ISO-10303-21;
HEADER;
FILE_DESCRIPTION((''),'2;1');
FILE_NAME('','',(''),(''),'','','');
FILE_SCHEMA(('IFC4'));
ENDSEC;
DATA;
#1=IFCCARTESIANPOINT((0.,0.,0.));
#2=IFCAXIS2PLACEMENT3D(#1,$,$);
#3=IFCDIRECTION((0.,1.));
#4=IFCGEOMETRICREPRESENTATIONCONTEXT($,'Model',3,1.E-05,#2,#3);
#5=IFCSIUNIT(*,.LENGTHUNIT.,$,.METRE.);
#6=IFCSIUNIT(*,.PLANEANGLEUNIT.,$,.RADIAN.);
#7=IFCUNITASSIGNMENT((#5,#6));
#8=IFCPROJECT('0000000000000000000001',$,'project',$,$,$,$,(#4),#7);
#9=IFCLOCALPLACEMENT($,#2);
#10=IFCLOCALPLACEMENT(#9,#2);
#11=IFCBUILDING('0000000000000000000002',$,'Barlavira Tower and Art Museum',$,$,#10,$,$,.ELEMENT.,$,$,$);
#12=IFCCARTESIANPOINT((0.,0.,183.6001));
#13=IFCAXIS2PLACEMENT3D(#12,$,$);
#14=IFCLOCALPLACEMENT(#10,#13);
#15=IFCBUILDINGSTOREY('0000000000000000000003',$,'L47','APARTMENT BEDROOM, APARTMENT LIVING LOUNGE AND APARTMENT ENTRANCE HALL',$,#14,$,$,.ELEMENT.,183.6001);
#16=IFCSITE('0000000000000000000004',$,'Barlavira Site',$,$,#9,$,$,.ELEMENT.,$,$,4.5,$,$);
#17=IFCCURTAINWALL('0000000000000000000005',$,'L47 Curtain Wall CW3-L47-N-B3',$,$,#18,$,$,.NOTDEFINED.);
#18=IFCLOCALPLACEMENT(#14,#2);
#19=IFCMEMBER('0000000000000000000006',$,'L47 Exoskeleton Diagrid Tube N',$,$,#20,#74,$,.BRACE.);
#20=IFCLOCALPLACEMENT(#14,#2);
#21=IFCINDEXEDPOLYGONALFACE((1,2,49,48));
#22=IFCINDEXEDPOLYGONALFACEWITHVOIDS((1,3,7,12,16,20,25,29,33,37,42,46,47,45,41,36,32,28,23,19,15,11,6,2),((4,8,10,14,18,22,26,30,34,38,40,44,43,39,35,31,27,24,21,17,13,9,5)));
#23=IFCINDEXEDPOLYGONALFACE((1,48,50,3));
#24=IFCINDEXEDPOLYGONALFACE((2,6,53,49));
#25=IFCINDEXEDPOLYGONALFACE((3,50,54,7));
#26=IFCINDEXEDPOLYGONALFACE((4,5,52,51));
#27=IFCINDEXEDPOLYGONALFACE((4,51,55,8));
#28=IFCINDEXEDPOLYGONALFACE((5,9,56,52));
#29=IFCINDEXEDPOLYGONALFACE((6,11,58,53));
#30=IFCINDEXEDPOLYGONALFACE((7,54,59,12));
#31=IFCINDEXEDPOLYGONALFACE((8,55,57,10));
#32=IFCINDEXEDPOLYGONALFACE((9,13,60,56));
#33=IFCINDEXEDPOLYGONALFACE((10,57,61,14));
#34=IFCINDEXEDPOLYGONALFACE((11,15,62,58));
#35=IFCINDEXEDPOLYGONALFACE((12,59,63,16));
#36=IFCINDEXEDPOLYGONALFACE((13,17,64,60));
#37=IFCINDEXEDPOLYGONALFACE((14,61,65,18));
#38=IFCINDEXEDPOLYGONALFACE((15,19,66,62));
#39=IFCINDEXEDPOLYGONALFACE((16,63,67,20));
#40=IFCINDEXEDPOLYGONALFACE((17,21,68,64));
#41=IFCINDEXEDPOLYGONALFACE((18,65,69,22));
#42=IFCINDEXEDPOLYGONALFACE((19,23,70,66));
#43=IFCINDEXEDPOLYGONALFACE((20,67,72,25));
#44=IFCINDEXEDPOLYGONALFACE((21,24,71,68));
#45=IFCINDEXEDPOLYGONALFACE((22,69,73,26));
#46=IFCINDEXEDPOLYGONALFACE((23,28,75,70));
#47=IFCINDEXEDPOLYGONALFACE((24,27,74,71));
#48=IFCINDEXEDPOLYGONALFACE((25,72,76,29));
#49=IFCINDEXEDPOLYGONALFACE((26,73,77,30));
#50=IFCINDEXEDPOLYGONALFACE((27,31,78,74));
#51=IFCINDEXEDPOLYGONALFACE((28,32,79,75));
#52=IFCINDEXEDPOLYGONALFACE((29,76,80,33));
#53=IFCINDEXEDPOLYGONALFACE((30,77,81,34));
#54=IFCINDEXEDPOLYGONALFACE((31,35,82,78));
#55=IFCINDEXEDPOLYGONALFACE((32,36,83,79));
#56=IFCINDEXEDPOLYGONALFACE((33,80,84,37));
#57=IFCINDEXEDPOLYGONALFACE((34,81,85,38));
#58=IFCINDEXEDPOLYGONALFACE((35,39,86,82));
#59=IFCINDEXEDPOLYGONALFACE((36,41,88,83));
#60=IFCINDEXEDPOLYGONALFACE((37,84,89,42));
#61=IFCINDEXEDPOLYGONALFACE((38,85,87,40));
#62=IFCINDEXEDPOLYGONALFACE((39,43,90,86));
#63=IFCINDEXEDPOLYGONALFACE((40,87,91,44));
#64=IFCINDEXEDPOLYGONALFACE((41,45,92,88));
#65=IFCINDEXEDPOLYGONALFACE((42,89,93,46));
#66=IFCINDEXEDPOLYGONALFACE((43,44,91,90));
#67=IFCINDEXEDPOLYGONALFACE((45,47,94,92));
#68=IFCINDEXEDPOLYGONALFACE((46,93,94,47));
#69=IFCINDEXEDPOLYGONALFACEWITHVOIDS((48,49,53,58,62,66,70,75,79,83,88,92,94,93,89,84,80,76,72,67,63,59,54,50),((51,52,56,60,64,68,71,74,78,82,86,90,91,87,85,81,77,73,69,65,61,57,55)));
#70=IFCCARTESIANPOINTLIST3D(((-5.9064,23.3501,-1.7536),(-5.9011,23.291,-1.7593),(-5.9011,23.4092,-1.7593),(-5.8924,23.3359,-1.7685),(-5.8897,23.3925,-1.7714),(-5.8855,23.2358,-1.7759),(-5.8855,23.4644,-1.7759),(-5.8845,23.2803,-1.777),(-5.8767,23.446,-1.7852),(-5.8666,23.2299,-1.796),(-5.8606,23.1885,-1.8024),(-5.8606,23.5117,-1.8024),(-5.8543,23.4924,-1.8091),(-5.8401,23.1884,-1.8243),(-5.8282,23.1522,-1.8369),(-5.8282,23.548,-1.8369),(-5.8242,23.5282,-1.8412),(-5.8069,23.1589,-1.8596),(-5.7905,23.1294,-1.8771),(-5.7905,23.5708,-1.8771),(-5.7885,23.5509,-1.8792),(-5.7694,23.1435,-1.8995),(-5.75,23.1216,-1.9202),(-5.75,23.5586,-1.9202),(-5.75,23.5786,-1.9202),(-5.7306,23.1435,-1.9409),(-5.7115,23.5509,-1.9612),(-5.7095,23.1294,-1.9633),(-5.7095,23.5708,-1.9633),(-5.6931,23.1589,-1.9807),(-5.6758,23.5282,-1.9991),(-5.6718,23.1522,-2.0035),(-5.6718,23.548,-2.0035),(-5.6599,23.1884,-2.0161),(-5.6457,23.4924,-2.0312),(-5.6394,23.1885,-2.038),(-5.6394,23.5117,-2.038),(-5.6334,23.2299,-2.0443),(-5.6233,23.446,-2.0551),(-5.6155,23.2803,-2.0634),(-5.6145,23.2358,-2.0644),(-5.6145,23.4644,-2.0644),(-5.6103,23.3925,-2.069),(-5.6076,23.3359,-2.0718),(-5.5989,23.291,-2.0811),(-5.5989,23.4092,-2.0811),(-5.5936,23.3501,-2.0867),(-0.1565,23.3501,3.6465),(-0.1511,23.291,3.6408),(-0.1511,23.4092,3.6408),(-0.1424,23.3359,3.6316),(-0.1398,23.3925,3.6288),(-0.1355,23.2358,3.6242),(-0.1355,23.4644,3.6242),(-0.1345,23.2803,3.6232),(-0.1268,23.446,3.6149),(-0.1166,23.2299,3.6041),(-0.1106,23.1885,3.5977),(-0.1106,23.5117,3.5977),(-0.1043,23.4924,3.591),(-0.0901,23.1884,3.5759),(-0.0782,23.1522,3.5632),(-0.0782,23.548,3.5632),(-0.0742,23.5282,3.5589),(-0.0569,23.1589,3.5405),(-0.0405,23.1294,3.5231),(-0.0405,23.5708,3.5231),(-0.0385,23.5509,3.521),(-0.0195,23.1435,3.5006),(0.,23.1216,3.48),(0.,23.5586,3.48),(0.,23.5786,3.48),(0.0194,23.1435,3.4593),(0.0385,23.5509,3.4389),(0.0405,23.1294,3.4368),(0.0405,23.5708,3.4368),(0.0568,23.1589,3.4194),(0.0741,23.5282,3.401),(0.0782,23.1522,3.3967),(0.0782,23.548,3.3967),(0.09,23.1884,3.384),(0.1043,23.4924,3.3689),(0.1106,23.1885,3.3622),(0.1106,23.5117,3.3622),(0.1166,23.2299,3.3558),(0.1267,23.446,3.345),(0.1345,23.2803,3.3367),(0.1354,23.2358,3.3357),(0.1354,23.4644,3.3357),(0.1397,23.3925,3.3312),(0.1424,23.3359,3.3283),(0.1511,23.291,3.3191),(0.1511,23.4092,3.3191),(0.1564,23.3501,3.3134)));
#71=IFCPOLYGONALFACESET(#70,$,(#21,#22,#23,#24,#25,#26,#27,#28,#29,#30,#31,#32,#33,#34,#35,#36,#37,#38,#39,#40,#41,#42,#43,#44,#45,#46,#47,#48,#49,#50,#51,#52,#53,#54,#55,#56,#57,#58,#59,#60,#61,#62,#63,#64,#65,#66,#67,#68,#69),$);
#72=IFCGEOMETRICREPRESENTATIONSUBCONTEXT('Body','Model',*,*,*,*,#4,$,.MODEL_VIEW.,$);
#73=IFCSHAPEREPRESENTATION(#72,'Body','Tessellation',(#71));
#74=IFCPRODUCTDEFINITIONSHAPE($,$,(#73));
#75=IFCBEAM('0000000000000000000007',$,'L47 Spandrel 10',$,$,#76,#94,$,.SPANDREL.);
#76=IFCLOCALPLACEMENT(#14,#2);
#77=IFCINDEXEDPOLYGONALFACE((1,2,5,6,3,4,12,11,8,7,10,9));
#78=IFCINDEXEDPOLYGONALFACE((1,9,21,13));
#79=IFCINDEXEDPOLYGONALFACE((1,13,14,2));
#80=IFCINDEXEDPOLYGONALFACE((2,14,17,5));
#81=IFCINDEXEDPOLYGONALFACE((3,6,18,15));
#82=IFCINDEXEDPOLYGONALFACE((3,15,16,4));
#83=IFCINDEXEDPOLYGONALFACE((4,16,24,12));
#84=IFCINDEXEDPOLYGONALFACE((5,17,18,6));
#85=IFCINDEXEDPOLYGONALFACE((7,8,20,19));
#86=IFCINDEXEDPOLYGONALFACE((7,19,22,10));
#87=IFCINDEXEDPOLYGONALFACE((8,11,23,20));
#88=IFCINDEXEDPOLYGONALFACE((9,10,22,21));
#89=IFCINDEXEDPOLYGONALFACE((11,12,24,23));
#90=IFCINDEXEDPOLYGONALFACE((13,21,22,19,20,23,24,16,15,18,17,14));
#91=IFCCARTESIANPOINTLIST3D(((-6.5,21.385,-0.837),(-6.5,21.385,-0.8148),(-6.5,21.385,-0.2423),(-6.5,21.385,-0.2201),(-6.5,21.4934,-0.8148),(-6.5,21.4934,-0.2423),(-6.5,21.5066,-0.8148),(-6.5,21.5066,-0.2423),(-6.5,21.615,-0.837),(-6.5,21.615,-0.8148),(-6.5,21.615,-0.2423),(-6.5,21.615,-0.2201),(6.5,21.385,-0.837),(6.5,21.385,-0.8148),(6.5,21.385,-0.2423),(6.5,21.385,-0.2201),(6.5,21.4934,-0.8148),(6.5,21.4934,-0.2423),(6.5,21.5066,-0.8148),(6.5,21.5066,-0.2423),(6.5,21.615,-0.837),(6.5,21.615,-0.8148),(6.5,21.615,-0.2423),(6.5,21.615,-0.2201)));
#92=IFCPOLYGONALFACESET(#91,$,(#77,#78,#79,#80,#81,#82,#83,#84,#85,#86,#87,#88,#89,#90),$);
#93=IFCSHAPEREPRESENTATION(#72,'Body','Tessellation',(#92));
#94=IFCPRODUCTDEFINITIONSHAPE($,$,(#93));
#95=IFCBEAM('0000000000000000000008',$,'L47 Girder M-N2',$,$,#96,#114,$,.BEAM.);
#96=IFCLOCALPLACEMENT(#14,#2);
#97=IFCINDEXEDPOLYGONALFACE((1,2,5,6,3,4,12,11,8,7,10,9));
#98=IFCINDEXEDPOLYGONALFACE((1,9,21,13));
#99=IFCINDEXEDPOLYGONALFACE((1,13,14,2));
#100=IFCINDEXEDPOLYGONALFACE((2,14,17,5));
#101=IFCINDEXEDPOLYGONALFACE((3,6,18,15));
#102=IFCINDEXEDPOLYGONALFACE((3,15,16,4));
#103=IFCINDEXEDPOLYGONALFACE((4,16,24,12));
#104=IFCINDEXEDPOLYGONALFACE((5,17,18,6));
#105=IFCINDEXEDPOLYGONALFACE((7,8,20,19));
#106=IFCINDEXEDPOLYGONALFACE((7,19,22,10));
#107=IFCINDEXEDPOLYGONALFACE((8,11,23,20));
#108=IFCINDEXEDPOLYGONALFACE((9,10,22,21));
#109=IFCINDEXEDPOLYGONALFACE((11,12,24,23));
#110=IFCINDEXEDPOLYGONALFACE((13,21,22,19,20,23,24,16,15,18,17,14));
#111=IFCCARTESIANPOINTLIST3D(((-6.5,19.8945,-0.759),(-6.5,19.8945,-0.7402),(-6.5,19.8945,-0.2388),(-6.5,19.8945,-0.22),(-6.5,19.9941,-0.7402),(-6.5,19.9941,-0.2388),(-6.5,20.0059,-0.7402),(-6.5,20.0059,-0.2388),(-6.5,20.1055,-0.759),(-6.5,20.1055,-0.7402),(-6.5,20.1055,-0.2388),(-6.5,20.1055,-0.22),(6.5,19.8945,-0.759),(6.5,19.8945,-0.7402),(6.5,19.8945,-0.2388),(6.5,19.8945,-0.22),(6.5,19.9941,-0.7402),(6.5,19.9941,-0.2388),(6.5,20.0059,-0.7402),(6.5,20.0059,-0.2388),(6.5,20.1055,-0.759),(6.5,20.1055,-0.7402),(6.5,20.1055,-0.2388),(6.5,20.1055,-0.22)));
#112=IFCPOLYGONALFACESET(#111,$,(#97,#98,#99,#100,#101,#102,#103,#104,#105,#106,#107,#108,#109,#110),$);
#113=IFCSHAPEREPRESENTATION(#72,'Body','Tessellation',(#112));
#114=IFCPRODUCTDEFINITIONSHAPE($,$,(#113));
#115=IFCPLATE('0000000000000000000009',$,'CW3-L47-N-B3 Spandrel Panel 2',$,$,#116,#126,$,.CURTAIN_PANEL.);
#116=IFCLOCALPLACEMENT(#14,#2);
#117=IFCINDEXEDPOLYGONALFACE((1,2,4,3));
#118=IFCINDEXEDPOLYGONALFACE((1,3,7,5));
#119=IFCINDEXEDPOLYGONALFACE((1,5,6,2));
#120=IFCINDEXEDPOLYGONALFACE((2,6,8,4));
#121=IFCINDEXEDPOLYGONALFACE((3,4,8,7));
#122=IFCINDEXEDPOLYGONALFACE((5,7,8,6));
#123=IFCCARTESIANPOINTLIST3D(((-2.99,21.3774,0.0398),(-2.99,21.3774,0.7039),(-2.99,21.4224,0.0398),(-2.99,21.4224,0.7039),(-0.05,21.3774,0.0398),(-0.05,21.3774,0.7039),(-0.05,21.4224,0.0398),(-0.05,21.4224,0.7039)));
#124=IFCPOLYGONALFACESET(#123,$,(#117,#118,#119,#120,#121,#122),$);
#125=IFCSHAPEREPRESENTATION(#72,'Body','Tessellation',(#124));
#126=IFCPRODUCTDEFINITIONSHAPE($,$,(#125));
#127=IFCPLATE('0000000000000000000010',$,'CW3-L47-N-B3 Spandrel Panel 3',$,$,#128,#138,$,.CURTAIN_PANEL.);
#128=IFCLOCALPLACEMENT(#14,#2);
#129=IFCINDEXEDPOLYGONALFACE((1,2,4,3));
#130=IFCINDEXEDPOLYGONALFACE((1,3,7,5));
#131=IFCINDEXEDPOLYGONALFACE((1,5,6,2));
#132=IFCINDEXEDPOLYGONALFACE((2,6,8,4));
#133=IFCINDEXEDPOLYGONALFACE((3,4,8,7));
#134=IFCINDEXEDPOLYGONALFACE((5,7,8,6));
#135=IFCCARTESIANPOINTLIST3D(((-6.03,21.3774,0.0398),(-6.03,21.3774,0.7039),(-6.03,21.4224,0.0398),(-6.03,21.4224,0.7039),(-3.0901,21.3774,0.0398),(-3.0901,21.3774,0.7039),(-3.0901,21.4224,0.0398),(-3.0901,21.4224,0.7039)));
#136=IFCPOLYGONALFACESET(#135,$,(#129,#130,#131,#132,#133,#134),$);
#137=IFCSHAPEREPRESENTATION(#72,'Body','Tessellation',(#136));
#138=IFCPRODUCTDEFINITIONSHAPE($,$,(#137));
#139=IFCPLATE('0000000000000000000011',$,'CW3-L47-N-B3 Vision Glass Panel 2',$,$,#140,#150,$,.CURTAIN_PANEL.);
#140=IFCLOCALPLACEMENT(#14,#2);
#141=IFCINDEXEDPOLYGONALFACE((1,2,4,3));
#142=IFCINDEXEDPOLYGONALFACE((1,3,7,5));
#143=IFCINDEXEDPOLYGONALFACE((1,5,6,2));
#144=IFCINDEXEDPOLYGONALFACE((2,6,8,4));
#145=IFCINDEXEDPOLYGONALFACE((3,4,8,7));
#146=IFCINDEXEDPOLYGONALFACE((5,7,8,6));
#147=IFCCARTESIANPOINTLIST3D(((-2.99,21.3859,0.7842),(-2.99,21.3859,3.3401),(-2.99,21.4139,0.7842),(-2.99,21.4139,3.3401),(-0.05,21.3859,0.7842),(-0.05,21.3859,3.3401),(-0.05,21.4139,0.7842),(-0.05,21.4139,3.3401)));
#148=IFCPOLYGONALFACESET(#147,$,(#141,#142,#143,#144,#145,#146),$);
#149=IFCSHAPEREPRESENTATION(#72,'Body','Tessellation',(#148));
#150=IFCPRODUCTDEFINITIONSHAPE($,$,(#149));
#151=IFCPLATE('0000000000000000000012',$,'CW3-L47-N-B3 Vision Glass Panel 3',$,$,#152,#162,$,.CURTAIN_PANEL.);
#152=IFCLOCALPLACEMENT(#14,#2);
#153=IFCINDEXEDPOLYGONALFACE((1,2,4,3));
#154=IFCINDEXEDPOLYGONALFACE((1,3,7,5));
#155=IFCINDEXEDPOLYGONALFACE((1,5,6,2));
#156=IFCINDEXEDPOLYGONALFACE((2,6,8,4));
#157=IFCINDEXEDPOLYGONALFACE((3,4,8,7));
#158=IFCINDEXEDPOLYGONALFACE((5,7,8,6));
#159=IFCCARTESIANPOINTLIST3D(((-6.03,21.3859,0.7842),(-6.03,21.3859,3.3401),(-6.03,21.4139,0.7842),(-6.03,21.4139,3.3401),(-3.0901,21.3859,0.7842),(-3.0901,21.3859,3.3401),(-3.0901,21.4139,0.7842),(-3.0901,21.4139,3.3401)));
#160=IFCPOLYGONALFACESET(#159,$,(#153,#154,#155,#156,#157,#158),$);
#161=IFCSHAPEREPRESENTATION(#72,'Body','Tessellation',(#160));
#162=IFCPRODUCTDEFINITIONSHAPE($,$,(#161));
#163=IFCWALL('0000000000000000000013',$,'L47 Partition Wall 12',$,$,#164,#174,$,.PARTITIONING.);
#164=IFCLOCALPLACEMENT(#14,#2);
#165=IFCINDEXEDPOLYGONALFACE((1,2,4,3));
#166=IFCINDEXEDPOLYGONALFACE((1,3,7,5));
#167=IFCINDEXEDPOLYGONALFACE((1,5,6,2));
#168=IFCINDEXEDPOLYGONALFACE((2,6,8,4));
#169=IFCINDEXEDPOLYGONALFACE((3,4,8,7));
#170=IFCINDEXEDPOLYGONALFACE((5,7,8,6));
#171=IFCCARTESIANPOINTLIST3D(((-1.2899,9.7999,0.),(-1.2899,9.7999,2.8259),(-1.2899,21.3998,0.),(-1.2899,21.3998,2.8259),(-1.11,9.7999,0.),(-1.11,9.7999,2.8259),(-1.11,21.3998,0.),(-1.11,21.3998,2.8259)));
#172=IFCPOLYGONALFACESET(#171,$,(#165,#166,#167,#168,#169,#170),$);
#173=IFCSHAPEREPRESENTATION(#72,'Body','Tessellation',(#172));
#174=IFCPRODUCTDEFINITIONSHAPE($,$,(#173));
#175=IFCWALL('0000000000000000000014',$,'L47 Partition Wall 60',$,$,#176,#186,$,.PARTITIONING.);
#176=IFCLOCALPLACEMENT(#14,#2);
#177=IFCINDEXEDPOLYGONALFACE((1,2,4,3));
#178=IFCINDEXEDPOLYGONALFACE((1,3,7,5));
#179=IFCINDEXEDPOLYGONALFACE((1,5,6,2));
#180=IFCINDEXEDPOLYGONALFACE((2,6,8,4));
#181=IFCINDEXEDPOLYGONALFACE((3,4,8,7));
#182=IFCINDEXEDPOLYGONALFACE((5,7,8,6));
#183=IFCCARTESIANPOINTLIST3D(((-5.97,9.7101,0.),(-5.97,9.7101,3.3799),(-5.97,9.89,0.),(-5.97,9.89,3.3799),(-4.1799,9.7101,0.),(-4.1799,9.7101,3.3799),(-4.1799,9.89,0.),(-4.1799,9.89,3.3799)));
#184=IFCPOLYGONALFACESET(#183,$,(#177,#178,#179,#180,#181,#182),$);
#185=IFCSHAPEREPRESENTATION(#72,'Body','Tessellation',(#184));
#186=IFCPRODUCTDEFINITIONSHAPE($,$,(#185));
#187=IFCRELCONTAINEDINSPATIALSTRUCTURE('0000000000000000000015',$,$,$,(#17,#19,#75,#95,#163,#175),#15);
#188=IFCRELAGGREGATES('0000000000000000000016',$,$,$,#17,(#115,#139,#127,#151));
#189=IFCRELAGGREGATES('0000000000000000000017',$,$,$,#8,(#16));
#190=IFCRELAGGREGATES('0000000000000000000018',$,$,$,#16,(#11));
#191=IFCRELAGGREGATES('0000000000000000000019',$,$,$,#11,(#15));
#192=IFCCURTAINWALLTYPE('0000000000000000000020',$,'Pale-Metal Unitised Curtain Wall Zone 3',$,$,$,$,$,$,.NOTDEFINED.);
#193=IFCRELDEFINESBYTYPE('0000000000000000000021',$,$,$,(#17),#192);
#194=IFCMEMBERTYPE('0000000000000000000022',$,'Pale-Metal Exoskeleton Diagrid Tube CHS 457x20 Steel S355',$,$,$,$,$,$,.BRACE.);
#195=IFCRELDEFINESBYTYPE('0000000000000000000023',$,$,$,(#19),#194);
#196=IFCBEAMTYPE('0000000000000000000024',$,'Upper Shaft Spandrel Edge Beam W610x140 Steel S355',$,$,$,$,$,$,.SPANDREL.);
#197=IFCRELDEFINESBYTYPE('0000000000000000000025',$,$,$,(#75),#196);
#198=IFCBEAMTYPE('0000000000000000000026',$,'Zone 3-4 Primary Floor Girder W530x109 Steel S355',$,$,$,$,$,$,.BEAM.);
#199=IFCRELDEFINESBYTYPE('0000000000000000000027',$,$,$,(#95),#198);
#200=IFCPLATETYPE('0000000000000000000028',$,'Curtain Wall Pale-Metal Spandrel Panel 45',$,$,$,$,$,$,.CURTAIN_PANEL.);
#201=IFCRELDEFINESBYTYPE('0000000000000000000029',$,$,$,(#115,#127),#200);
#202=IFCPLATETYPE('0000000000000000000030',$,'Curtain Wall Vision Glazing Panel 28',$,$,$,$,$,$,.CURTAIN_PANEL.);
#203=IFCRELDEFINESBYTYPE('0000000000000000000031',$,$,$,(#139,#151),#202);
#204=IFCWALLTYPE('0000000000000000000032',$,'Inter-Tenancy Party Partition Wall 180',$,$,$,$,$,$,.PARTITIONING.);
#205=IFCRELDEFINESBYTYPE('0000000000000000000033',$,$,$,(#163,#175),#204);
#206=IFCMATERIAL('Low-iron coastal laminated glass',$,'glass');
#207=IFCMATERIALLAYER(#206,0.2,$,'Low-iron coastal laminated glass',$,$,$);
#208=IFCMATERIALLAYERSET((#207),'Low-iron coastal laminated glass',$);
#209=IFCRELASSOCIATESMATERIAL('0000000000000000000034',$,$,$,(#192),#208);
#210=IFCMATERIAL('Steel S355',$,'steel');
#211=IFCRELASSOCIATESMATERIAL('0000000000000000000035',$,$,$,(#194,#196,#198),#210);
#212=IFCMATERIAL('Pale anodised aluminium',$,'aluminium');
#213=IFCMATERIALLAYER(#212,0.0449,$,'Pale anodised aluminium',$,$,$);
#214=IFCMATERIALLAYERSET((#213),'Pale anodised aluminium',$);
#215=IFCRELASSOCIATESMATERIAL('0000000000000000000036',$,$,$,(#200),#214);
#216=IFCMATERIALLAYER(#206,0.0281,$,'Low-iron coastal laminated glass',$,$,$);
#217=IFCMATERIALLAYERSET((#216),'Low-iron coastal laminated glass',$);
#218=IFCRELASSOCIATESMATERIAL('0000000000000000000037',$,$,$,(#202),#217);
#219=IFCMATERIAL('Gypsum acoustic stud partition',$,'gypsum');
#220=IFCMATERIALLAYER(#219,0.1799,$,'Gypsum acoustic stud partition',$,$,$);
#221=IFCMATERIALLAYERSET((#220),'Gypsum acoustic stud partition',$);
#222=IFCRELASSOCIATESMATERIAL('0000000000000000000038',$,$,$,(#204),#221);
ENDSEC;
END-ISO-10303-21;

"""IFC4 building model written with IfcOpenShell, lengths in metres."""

from ifc_helpers import new_model, si_unit, direction, frame, frame_2d, origin, origin_2d, place, context, subcontext, project, spatial, rectangle, hollow_circle, i_section, extrude, material, layer, layer_set, material_profile, profile_set, type_object, element, aggregate, save


model = new_model("IFC4")

# Units and contexts
model_context = context("Model", 3, precision=1e-05, world=origin(), true_north=direction((0.0, 1.0)))
body_context = subcontext(model_context, "Body", "Model", "MODEL_VIEW")
ifc_project = project(units=[si_unit("LENGTHUNIT", "METRE"), si_unit("PLANEANGLEUNIT", "RADIAN")], contexts=[model_context])

# Site, building, storey
site_placement = place(None, origin())
site = spatial("IfcSite", under=ifc_project, at=site_placement, Name="Barlavira Site", CompositionType="ELEMENT", RefElevation=4.5)
building_placement = place(site_placement, origin())
building = spatial("IfcBuilding", under=site, at=building_placement, Name="Barlavira Tower and Art Museum", CompositionType="ELEMENT")
storey_placement = place(building_placement, frame((0.0, 0.0, 183.6001)))
storey = spatial("IfcBuildingStorey", under=building, at=storey_placement, Name="L47", Description="APARTMENT BEDROOM, APARTMENT LIVING LOUNGE AND APARTMENT ENTRANCE HALL", CompositionType="ELEMENT", Elevation=183.6001)

# Curtain wall
ifc_material_1 = material(Name="Low-iron coastal laminated glass", Category="glass")
ifc_layer_1 = layer(ifc_material_1, 0.2, Name="Low-iron coastal laminated glass")
ifc_layer_set_1 = layer_set([ifc_layer_1], Name="Low-iron coastal laminated glass")
curtain_wall_type = type_object("IfcCurtainWallType", Name="Pale-Metal Unitised Curtain Wall Zone 3", PredefinedType="NOTDEFINED", material=ifc_layer_set_1)
curtain_wall_placement = place(storey_placement, origin())
curtain_wall = element("IfcCurtainWall", 1, at=curtain_wall_placement, inside=storey, type_object=curtain_wall_type, Name="L47 Curtain Wall CW3-L47-N-B3", PredefinedType="NOTDEFINED")
ifc_material_2 = material(Name="Pale anodised aluminium", Category="aluminium")

# Member
ifc_material_3 = material(Name="Steel S355", Category="steel")
ifc_material_profile_1 = material_profile(ifc_material_3, hollow_circle(Radius=0.2285, WallThickness=0.02, at=origin_2d()), Name="CHS 457.0x20.0")
ifc_profile_set_1 = profile_set([ifc_material_profile_1], Name="Steel S355")
member_type_1 = type_object("IfcMemberType", Name="Pale-Metal Exoskeleton Diagrid Tube CHS 457x20 Steel S355", PredefinedType="BRACE", material=ifc_profile_set_1)
for number, where, z_axis, x_axis, name in (
    (2, (-5.75, 23.3501, -1.9202), (0.728935, 0.0, 0.684583), (0.0, 1.0, 0.0), "L47 Exoskeleton Diagrid Tube N"),
):
    element("IfcMember", number, at=place(storey_placement, frame(where, z_axis=z_axis, x_axis=x_axis)), inside=storey, type_object=member_type_1, Name=name, PredefinedType="BRACE", context=body_context, shape_type="SweptSolid", body=[
        extrude(hollow_circle(Radius=0.2285, WallThickness=0.02, at=origin_2d()), origin(), (0.0, 0.0, 1.0), 7.8882),
    ])

# Beams
ifc_material_profile_2 = material_profile(ifc_material_3, i_section(OverallWidth=0.23, OverallDepth=0.6169, WebThickness=0.0132, FlangeThickness=0.0222, at=origin_2d()), Name="W610x140.0")
ifc_profile_set_2 = profile_set([ifc_material_profile_2], Name="Steel S355")
beam_type_1 = type_object("IfcBeamType", Name="Upper Shaft Spandrel Edge Beam W610x140 Steel S355", PredefinedType="SPANDREL", material=ifc_profile_set_2)
beam_1_placement = place(storey_placement, frame((-6.5, 21.5, -0.5286), z_axis=(1.0, 0.0, 0.0), x_axis=(0.0, 1.0, 0.0)))
element("IfcBeam", 3, at=beam_1_placement, inside=storey, type_object=beam_type_1, Name="L47 Spandrel 10", PredefinedType="SPANDREL", context=body_context, shape_type="SweptSolid", body=[
    extrude(i_section(OverallWidth=0.23, OverallDepth=0.6169, WebThickness=0.0132, FlangeThickness=0.0222, at=origin_2d()), origin(), (0.0, 0.0, 1.0), 13.0),
])
ifc_material_profile_3 = material_profile(ifc_material_3, i_section(OverallWidth=0.2109, OverallDepth=0.5391, WebThickness=0.0117, FlangeThickness=0.0188, at=origin_2d()), Name="W530x109.0")
ifc_profile_set_3 = profile_set([ifc_material_profile_3], Name="Steel S355")
beam_type_2 = type_object("IfcBeamType", Name="Zone 3-4 Primary Floor Girder W530x109 Steel S355", PredefinedType="BEAM", material=ifc_profile_set_3)
beam_2_placement = place(storey_placement, frame((-6.5, 20.0, -0.4895), z_axis=(1.0, 0.0, 0.0), x_axis=(0.0, 1.0, 0.0)))
element("IfcBeam", 4, at=beam_2_placement, inside=storey, type_object=beam_type_2, Name="L47 Girder M-N2", PredefinedType="BEAM", context=body_context, shape_type="SweptSolid", body=[
    extrude(i_section(OverallWidth=0.2109, OverallDepth=0.5391, WebThickness=0.0117, FlangeThickness=0.0188, at=origin_2d()), origin(), (0.0, 0.0, 1.0), 13.0),
])

# Plates
ifc_layer_2 = layer(ifc_material_2, 0.0449, Name="Pale anodised aluminium")
ifc_layer_set_2 = layer_set([ifc_layer_2], Name="Pale anodised aluminium")
plate_type_1 = type_object("IfcPlateType", Name="Curtain Wall Pale-Metal Spandrel Panel 45", PredefinedType="CURTAIN_PANEL", material=ifc_layer_set_2)
plate_1_placement = place(storey_placement, frame((-1.52, 21.3999, 0.0398), z_axis=(0.0, 0.0, 1.0), x_axis=(-1.0, 0.0, 0.0)))
plate_1 = element("IfcPlate", 5, at=plate_1_placement, type_object=plate_type_1, Name="CW3-L47-N-B3 Spandrel Panel 2", PredefinedType="CURTAIN_PANEL", context=body_context, shape_type="SweptSolid", body=[
    extrude(rectangle(XDim=2.9399, YDim=0.0449, at=origin_2d()), origin(), (0.0, 0.0, 1.0), 0.6641),
])
plate_2_placement = place(storey_placement, frame((-4.5601, 21.3999, 0.0398), z_axis=(0.0, 0.0, 1.0), x_axis=(-1.0, 0.0, 0.0)))
plate_2 = element("IfcPlate", 6, at=plate_2_placement, type_object=plate_type_1, Name="CW3-L47-N-B3 Spandrel Panel 3", PredefinedType="CURTAIN_PANEL", context=body_context, shape_type="SweptSolid", body=[
    extrude(rectangle(XDim=2.9399, YDim=0.0449, at=origin_2d()), origin(), (0.0, 0.0, 1.0), 0.6641),
])
ifc_layer_3 = layer(ifc_material_1, 0.0281, Name="Low-iron coastal laminated glass")
ifc_layer_set_3 = layer_set([ifc_layer_3], Name="Low-iron coastal laminated glass")
plate_type_2 = type_object("IfcPlateType", Name="Curtain Wall Vision Glazing Panel 28", PredefinedType="CURTAIN_PANEL", material=ifc_layer_set_3)
plate_3_placement = place(storey_placement, frame((-1.52, 21.3999, 0.7842), z_axis=(0.0, 0.0, 1.0), x_axis=(-1.0, 0.0, 0.0)))
plate_3 = element("IfcPlate", 7, at=plate_3_placement, type_object=plate_type_2, Name="CW3-L47-N-B3 Vision Glass Panel 2", PredefinedType="CURTAIN_PANEL", context=body_context, shape_type="SweptSolid", body=[
    extrude(rectangle(XDim=2.9399, YDim=0.0281, at=origin_2d()), origin(), (0.0, 0.0, 1.0), 2.5559),
])
plate_4_placement = place(storey_placement, frame((-4.5601, 21.3999, 0.7842), z_axis=(0.0, 0.0, 1.0), x_axis=(-1.0, 0.0, 0.0)))
plate_4 = element("IfcPlate", 8, at=plate_4_placement, type_object=plate_type_2, Name="CW3-L47-N-B3 Vision Glass Panel 3", PredefinedType="CURTAIN_PANEL", context=body_context, shape_type="SweptSolid", body=[
    extrude(rectangle(XDim=2.9399, YDim=0.0281, at=origin_2d()), origin(), (0.0, 0.0, 1.0), 2.5559),
])
aggregate(curtain_wall, [plate_1, plate_3, plate_2, plate_4])

# Walls
ifc_material_4 = material(Name="Gypsum acoustic stud partition", Category="gypsum")
ifc_layer_4 = layer(ifc_material_4, 0.1799, Name="Gypsum acoustic stud partition")
ifc_layer_set_4 = layer_set([ifc_layer_4], Name="Gypsum acoustic stud partition")
wall_type_1 = type_object("IfcWallType", Name="Inter-Tenancy Party Partition Wall 180", PredefinedType="PARTITIONING", material=ifc_layer_set_4)
wall_1_placement = place(storey_placement, frame((-1.2, 9.8, 0.0), z_axis=(0.0, 0.0, 1.0), x_axis=(0.0, 1.0, 0.0)))
element("IfcWall", 9, at=wall_1_placement, inside=storey, type_object=wall_type_1, Name="L47 Partition Wall 12", PredefinedType="PARTITIONING", context=body_context, shape_type="SweptSolid", body=[
    extrude(rectangle(XDim=11.5999, YDim=0.1799, at=frame_2d((5.7998, 0.0))), origin(), (0.0, 0.0, 1.0), 2.8259),
])
wall_2_placement = place(storey_placement, frame((-5.97, 9.8, 0.0), z_axis=(0.0, 0.0, 1.0), x_axis=(1.0, 0.0, 0.0)))
element("IfcWall", 10, at=wall_2_placement, inside=storey, type_object=wall_type_1, Name="L47 Partition Wall 60", PredefinedType="PARTITIONING", context=body_context, shape_type="SweptSolid", body=[
    extrude(rectangle(XDim=1.79, YDim=0.1799, at=frame_2d((0.895, 0.0))), origin(), (0.0, 0.0, 1.0), 3.3799),
])

save(model, "model.ifc")
